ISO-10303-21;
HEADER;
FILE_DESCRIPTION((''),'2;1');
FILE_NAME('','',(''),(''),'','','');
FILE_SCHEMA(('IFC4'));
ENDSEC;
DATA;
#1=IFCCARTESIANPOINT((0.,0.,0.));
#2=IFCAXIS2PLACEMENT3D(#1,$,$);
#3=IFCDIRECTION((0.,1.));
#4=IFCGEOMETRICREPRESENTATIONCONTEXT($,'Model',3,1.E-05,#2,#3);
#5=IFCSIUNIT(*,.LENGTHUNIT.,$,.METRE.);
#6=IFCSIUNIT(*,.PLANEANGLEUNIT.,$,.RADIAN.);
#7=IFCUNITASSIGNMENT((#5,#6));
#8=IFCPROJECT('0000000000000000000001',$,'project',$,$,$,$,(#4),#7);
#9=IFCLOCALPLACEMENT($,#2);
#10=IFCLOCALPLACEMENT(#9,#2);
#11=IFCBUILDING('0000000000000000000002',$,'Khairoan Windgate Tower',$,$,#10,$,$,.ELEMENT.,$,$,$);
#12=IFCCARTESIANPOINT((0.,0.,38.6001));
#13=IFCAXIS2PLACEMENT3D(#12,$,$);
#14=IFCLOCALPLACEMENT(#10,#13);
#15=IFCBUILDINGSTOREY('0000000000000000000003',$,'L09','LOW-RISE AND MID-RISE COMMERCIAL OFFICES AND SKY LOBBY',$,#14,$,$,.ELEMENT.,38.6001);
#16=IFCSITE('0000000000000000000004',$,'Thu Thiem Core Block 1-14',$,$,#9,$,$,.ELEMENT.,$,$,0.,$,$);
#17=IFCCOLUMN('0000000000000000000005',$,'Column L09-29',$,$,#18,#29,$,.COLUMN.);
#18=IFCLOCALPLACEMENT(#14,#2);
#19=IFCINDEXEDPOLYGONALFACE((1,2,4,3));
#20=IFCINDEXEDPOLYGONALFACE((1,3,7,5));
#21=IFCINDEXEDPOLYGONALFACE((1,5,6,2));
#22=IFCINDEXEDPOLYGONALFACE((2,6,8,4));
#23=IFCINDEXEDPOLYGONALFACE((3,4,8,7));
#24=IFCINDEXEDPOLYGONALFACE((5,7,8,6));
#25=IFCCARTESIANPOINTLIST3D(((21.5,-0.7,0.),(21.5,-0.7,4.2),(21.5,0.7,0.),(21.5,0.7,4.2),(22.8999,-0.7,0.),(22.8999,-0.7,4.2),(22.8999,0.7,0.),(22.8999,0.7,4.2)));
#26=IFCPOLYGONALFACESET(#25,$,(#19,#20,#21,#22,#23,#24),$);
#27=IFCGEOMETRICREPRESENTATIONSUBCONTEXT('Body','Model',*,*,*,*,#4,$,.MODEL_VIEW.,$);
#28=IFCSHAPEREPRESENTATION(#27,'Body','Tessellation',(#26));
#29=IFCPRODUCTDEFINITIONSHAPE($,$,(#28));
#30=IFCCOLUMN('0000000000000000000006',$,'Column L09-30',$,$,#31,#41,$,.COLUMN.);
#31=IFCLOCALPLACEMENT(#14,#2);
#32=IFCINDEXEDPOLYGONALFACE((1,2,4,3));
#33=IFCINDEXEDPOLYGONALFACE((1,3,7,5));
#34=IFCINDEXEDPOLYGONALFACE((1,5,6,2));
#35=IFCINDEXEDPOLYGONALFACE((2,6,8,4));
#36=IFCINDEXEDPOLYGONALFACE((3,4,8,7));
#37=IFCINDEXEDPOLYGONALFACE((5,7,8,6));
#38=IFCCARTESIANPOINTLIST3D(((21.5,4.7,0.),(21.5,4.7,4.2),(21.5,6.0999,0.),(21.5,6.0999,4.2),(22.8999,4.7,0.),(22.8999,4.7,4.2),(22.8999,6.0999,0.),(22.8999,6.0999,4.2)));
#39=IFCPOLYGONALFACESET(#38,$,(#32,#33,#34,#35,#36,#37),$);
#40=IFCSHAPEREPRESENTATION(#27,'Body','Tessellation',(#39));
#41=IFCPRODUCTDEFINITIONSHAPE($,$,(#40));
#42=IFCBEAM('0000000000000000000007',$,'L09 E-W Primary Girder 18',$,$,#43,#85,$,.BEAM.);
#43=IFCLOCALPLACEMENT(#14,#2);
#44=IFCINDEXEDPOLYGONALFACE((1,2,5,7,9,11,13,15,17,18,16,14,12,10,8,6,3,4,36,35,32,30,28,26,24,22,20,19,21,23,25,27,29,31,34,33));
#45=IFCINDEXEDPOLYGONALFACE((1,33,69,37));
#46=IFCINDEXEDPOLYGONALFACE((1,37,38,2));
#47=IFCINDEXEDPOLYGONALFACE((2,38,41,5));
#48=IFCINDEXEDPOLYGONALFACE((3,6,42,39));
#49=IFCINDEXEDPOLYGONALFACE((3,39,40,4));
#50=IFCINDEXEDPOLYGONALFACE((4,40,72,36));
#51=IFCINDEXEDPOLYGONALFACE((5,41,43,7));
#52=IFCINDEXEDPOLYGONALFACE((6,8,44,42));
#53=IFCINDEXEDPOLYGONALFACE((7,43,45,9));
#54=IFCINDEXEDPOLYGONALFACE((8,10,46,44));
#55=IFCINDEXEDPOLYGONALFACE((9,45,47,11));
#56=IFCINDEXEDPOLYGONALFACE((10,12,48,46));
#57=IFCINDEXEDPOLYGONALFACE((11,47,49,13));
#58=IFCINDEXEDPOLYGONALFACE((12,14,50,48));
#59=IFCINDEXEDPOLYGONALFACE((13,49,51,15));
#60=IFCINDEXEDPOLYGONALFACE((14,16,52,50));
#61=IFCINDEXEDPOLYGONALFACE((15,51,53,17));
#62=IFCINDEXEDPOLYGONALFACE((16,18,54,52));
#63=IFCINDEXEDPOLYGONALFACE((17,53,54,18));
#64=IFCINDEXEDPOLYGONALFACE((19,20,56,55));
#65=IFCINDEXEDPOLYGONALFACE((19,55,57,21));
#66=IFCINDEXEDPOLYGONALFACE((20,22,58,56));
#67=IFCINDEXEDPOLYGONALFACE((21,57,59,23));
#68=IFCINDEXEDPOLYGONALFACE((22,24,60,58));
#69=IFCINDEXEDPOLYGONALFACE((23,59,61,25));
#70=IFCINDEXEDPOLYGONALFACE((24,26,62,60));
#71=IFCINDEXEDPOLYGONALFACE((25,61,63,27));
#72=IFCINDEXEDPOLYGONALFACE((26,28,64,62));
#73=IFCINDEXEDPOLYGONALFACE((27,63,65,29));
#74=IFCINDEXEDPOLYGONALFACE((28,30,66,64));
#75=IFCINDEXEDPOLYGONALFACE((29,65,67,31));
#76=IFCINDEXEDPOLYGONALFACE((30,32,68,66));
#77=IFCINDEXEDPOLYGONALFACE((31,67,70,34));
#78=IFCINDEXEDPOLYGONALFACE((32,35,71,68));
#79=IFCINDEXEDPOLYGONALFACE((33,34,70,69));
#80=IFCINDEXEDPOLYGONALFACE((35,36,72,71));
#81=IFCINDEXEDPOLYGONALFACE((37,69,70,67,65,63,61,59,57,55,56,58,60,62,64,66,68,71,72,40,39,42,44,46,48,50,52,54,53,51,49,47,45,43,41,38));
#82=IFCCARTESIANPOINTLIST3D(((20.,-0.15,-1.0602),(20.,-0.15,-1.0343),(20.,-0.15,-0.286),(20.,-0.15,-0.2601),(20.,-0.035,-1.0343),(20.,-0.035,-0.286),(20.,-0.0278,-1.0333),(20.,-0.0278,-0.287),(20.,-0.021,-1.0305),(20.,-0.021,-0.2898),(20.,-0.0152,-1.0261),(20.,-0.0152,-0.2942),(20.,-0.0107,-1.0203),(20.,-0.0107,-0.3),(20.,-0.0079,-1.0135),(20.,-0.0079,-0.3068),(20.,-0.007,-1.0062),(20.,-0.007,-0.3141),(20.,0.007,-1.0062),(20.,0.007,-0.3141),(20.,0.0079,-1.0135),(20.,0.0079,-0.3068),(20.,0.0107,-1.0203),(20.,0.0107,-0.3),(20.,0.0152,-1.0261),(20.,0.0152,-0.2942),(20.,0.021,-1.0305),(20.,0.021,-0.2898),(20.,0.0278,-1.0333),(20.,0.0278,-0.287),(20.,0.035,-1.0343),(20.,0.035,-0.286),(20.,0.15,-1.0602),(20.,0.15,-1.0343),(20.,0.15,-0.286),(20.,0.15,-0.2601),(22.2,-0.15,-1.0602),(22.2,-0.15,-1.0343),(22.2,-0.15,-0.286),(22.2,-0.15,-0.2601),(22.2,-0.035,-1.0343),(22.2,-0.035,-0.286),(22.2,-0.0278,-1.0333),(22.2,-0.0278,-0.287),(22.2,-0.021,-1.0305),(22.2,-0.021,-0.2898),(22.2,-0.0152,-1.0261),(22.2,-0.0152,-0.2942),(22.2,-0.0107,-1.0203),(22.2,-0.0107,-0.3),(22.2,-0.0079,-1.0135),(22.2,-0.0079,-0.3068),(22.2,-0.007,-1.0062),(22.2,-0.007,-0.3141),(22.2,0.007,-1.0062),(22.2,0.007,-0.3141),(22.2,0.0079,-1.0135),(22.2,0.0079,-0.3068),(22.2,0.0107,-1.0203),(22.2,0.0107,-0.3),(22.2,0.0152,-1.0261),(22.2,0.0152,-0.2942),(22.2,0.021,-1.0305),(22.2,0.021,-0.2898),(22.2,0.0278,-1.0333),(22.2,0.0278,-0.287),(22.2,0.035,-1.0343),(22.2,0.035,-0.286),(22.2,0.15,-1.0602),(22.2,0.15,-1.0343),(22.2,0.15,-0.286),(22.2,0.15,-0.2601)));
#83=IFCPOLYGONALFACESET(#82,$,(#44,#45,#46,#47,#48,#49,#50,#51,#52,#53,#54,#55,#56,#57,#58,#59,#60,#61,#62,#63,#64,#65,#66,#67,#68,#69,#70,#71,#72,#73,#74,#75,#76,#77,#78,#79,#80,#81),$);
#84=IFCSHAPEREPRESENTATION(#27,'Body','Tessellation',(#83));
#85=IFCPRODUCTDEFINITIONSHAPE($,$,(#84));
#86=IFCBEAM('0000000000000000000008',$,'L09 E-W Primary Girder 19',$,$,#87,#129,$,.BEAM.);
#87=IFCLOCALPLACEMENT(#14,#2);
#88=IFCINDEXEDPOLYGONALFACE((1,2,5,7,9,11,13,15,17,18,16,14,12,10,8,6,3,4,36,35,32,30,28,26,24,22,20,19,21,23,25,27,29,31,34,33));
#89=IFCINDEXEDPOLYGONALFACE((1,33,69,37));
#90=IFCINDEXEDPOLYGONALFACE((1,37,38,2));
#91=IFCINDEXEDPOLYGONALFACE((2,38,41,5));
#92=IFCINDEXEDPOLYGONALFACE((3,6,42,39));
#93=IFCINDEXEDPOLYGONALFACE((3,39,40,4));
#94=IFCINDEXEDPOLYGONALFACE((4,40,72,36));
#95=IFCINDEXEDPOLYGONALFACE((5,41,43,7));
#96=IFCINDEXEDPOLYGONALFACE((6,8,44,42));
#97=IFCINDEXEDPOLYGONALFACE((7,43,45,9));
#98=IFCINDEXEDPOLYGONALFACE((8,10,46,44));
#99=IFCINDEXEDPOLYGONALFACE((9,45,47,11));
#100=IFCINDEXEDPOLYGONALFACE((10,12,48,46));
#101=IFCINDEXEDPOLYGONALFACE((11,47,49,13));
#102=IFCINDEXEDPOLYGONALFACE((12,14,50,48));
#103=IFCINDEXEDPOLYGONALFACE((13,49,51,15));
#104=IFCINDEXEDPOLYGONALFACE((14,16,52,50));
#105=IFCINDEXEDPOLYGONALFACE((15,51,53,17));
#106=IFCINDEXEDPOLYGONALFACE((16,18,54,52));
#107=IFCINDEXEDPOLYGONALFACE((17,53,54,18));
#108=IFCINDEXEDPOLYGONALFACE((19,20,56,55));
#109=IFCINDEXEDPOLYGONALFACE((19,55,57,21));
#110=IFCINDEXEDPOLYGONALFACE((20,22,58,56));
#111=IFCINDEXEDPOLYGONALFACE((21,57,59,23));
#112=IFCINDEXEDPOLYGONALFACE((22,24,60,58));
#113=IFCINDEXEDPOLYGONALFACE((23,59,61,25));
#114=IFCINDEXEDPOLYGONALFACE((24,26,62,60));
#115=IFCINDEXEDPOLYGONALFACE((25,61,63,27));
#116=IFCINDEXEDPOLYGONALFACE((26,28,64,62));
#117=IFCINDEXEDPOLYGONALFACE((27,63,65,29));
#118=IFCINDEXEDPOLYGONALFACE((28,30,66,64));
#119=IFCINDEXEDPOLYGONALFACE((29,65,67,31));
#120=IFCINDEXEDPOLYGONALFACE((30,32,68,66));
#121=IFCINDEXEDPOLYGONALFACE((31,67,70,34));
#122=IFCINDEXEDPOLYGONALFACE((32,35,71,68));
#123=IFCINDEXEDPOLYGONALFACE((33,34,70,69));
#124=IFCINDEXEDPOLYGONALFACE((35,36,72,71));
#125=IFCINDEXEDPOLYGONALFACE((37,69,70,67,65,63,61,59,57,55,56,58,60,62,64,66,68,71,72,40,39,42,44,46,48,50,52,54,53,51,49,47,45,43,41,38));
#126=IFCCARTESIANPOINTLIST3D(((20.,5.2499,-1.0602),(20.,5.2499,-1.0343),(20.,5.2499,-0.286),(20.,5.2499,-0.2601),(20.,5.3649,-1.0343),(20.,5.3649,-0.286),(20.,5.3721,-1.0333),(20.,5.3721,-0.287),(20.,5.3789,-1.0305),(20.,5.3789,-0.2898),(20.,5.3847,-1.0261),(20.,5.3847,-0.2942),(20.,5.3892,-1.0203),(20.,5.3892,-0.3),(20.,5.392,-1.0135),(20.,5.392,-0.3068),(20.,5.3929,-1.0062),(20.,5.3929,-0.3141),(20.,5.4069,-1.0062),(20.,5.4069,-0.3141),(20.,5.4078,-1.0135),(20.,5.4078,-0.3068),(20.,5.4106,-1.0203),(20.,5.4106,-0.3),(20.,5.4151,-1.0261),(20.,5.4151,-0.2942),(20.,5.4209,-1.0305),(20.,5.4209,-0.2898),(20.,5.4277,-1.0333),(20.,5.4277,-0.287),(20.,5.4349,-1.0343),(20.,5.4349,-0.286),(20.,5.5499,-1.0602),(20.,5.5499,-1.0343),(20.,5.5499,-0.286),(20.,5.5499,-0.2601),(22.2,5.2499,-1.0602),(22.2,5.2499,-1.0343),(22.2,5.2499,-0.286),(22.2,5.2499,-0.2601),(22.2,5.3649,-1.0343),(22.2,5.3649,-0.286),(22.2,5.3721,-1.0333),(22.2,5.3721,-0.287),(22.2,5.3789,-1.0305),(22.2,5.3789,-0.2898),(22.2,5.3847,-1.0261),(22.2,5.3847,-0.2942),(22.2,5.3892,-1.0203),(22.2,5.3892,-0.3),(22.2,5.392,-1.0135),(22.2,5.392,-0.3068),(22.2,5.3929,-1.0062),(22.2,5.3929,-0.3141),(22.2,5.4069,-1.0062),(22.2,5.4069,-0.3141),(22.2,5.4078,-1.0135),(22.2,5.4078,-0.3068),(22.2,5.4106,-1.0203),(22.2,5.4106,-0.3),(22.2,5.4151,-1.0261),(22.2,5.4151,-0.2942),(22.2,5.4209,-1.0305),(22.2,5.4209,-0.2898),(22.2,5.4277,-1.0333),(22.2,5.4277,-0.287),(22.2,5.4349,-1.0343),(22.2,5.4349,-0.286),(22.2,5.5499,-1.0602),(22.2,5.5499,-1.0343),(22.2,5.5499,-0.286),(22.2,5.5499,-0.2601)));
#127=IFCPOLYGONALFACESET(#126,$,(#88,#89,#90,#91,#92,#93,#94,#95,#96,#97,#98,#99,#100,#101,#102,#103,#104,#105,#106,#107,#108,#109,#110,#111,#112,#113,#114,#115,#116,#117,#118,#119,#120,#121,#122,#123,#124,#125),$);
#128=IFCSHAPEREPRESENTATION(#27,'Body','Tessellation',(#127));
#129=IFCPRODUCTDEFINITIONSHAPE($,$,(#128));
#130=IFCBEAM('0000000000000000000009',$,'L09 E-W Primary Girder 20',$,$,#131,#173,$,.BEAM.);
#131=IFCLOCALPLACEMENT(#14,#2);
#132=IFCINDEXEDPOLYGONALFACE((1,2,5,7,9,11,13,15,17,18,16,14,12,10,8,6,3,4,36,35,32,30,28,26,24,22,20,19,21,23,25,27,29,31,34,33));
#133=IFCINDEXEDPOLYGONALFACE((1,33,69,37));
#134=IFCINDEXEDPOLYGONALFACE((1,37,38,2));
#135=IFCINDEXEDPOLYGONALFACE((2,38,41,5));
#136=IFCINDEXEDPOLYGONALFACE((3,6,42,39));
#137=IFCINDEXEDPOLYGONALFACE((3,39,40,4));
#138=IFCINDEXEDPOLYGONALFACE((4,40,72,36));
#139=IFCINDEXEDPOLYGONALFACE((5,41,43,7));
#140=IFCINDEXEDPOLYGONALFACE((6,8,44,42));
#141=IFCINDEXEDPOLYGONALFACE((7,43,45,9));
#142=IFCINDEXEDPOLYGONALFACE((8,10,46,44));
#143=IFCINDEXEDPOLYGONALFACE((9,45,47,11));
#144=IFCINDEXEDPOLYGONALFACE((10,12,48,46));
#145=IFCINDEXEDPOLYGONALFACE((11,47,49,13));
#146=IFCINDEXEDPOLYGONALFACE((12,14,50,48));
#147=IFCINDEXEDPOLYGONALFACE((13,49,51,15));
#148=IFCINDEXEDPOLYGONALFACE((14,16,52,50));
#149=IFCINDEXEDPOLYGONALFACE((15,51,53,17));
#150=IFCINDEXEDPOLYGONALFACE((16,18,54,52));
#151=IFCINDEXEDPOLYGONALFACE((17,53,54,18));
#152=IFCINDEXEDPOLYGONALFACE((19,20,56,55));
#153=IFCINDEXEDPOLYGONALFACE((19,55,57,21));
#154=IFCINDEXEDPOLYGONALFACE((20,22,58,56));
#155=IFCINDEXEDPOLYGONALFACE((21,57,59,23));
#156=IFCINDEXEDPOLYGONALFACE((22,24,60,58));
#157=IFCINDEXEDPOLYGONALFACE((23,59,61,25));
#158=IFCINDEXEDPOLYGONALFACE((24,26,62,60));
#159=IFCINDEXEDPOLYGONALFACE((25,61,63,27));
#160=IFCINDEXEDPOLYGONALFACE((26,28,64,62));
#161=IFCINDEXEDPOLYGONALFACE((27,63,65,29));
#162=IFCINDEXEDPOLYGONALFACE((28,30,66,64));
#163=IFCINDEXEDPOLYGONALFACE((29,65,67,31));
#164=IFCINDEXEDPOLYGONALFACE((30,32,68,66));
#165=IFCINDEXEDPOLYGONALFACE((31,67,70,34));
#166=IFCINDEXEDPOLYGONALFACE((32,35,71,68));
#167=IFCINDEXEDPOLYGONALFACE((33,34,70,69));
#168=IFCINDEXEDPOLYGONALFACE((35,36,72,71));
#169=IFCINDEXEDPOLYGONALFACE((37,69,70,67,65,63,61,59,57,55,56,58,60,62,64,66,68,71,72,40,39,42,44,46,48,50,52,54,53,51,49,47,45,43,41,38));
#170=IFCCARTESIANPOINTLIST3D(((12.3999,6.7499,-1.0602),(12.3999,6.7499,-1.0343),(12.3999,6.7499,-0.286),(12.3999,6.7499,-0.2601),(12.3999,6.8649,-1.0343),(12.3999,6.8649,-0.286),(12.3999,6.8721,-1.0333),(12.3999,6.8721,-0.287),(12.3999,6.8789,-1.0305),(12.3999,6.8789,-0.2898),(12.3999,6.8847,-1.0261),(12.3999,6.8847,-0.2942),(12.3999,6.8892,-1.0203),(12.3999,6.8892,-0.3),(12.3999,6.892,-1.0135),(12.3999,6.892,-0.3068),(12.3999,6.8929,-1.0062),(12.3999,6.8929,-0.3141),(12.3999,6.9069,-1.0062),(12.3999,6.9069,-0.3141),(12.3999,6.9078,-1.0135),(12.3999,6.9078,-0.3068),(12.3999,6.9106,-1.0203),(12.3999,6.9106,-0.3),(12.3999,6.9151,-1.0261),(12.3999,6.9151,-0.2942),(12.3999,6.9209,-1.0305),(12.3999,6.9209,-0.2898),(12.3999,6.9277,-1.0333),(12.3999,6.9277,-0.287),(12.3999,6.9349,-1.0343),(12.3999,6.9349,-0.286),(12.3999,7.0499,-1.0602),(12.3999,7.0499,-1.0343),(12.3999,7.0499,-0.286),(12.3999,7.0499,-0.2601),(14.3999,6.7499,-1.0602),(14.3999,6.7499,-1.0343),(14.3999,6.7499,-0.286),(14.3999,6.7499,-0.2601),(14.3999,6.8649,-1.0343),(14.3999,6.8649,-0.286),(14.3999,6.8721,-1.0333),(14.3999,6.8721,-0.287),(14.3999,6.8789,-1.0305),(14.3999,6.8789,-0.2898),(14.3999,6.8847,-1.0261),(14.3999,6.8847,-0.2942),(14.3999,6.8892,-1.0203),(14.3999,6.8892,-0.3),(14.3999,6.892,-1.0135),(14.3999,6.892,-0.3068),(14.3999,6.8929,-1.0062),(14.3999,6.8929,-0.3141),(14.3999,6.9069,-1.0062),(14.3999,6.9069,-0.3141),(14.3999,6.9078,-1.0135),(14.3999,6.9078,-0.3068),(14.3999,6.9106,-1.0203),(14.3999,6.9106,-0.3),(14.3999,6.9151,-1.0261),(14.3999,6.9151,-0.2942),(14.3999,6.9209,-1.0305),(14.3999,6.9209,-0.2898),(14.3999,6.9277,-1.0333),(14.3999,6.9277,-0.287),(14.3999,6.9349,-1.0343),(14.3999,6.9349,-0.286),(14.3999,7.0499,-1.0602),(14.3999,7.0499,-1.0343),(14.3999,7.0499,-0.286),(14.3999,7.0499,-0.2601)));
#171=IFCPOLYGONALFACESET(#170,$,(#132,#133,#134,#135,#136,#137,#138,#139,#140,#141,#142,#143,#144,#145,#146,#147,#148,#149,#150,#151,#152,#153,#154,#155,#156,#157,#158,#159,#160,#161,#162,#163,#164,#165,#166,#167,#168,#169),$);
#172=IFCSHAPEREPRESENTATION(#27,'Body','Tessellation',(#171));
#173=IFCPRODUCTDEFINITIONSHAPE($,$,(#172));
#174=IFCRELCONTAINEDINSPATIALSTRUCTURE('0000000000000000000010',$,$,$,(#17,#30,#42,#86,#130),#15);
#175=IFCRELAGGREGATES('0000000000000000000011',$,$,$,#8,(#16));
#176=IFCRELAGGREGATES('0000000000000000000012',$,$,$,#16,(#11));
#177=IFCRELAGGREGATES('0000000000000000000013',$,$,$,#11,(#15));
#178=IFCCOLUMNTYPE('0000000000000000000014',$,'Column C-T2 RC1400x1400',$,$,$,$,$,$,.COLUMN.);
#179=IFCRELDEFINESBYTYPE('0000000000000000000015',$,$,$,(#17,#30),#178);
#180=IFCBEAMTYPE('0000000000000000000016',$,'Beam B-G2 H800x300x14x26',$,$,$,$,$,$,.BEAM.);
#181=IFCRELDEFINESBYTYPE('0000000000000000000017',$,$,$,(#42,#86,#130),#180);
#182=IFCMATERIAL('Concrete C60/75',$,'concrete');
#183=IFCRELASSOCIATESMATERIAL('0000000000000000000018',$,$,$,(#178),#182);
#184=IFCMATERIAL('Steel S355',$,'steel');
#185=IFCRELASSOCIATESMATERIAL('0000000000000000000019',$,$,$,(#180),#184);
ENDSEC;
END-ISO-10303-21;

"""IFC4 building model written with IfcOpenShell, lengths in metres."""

from ifc_helpers import new_model, si_unit, direction, frame, origin, origin_2d, place, context, subcontext, project, spatial, rectangle, i_section, extrude, material, material_profile, profile_set, type_object, element, save


model = new_model("IFC4")

# Units and contexts
model_context = context("Model", 3, precision=1e-05, world=origin(), true_north=direction((0.0, 1.0)))
body_context = subcontext(model_context, "Body", "Model", "MODEL_VIEW")
ifc_project = project(units=[si_unit("LENGTHUNIT", "METRE"), si_unit("PLANEANGLEUNIT", "RADIAN")], contexts=[model_context])

# Site, building, storey
site_placement = place(None, origin())
site = spatial("IfcSite", under=ifc_project, at=site_placement, Name="Thu Thiem Core Block 1-14", CompositionType="ELEMENT", RefElevation=0.0)
building_placement = place(site_placement, origin())
building = spatial("IfcBuilding", under=site, at=building_placement, Name="Khairoan Windgate Tower", CompositionType="ELEMENT")
storey_placement = place(building_placement, frame((0.0, 0.0, 38.6001)))
storey = spatial("IfcBuildingStorey", under=building, at=storey_placement, Name="L09", Description="LOW-RISE AND MID-RISE COMMERCIAL OFFICES AND SKY LOBBY", CompositionType="ELEMENT", Elevation=38.6001)

# Columns
ifc_material_1 = material(Name="Concrete C60/75", Category="concrete")
ifc_material_profile_1 = material_profile(ifc_material_1, rectangle(XDim=1.3999, YDim=1.3999, at=origin_2d()))
ifc_profile_set_1 = profile_set([ifc_material_profile_1], Name="Concrete C60/75")
column_type = type_object("IfcColumnType", Name="Column C-T2 RC1400x1400", PredefinedType="COLUMN", material=ifc_profile_set_1)
for number, where, z_axis, x_axis, name in (
    (1, (22.2, 0.0, 0.0), (0.0, 0.0, 1.0), (1.0, 0.0, 0.0), "Column L09-29"),
    (2, (22.2, 5.3999, 0.0), (0.0, 0.0, 1.0), (1.0, 0.0, 0.0), "Column L09-30"),
):
    element("IfcColumn", number, at=place(storey_placement, frame(where, z_axis=z_axis, x_axis=x_axis)), inside=storey, type_object=column_type, Name=name, PredefinedType="COLUMN", context=body_context, shape_type="SweptSolid", body=[
        extrude(rectangle(XDim=1.3999, YDim=1.3999, at=origin_2d()), origin(), (0.0, 0.0, 1.0), 4.2),
    ])

# Beams
ifc_material_2 = material(Name="Steel S355", Category="steel")
ifc_material_profile_2 = material_profile(ifc_material_2, i_section(OverallWidth=0.3, OverallDepth=0.8, WebThickness=0.0139, FlangeThickness=0.0259, FilletRadius=0.0281, at=origin_2d()))
ifc_profile_set_2 = profile_set([ifc_material_profile_2], Name="Steel S355")
beam_type_1 = type_object("IfcBeamType", Name="Beam B-G2 H800x300x14x26", PredefinedType="BEAM", material=ifc_profile_set_2)
for number, where, z_axis, x_axis, name in (
    (3, (20.0, 0.0, -0.6602), (1.0, 0.0, 0.0), (0.0, 1.0, 0.0), "L09 E-W Primary Girder 18"),
    (4, (20.0, 5.3999, -0.6602), (1.0, 0.0, 0.0), (0.0, 1.0, 0.0), "L09 E-W Primary Girder 19"),
):
    element("IfcBeam", number, at=place(storey_placement, frame(where, z_axis=z_axis, x_axis=x_axis)), inside=storey, type_object=beam_type_1, Name=name, PredefinedType="BEAM", context=body_context, shape_type="SweptSolid", body=[
        extrude(i_section(OverallWidth=0.3, OverallDepth=0.8, WebThickness=0.0139, FlangeThickness=0.0259, FilletRadius=0.0281, at=origin_2d()), origin(), (0.0, 0.0, 1.0), 2.2),
    ])
beam_1_placement = place(storey_placement, frame((12.3999, 6.8999, -0.6602), z_axis=(1.0, 0.0, 0.0), x_axis=(0.0, 1.0, 0.0)))
element("IfcBeam", 5, at=beam_1_placement, inside=storey, type_object=beam_type_1, Name="L09 E-W Primary Girder 20", PredefinedType="BEAM", context=body_context, shape_type="SweptSolid", body=[
    extrude(i_section(OverallWidth=0.3, OverallDepth=0.8, WebThickness=0.0139, FlangeThickness=0.0259, FilletRadius=0.0281, at=origin_2d()), origin(), (0.0, 0.0, 1.0), 2.0),
])

save(model, "model.ifc")
